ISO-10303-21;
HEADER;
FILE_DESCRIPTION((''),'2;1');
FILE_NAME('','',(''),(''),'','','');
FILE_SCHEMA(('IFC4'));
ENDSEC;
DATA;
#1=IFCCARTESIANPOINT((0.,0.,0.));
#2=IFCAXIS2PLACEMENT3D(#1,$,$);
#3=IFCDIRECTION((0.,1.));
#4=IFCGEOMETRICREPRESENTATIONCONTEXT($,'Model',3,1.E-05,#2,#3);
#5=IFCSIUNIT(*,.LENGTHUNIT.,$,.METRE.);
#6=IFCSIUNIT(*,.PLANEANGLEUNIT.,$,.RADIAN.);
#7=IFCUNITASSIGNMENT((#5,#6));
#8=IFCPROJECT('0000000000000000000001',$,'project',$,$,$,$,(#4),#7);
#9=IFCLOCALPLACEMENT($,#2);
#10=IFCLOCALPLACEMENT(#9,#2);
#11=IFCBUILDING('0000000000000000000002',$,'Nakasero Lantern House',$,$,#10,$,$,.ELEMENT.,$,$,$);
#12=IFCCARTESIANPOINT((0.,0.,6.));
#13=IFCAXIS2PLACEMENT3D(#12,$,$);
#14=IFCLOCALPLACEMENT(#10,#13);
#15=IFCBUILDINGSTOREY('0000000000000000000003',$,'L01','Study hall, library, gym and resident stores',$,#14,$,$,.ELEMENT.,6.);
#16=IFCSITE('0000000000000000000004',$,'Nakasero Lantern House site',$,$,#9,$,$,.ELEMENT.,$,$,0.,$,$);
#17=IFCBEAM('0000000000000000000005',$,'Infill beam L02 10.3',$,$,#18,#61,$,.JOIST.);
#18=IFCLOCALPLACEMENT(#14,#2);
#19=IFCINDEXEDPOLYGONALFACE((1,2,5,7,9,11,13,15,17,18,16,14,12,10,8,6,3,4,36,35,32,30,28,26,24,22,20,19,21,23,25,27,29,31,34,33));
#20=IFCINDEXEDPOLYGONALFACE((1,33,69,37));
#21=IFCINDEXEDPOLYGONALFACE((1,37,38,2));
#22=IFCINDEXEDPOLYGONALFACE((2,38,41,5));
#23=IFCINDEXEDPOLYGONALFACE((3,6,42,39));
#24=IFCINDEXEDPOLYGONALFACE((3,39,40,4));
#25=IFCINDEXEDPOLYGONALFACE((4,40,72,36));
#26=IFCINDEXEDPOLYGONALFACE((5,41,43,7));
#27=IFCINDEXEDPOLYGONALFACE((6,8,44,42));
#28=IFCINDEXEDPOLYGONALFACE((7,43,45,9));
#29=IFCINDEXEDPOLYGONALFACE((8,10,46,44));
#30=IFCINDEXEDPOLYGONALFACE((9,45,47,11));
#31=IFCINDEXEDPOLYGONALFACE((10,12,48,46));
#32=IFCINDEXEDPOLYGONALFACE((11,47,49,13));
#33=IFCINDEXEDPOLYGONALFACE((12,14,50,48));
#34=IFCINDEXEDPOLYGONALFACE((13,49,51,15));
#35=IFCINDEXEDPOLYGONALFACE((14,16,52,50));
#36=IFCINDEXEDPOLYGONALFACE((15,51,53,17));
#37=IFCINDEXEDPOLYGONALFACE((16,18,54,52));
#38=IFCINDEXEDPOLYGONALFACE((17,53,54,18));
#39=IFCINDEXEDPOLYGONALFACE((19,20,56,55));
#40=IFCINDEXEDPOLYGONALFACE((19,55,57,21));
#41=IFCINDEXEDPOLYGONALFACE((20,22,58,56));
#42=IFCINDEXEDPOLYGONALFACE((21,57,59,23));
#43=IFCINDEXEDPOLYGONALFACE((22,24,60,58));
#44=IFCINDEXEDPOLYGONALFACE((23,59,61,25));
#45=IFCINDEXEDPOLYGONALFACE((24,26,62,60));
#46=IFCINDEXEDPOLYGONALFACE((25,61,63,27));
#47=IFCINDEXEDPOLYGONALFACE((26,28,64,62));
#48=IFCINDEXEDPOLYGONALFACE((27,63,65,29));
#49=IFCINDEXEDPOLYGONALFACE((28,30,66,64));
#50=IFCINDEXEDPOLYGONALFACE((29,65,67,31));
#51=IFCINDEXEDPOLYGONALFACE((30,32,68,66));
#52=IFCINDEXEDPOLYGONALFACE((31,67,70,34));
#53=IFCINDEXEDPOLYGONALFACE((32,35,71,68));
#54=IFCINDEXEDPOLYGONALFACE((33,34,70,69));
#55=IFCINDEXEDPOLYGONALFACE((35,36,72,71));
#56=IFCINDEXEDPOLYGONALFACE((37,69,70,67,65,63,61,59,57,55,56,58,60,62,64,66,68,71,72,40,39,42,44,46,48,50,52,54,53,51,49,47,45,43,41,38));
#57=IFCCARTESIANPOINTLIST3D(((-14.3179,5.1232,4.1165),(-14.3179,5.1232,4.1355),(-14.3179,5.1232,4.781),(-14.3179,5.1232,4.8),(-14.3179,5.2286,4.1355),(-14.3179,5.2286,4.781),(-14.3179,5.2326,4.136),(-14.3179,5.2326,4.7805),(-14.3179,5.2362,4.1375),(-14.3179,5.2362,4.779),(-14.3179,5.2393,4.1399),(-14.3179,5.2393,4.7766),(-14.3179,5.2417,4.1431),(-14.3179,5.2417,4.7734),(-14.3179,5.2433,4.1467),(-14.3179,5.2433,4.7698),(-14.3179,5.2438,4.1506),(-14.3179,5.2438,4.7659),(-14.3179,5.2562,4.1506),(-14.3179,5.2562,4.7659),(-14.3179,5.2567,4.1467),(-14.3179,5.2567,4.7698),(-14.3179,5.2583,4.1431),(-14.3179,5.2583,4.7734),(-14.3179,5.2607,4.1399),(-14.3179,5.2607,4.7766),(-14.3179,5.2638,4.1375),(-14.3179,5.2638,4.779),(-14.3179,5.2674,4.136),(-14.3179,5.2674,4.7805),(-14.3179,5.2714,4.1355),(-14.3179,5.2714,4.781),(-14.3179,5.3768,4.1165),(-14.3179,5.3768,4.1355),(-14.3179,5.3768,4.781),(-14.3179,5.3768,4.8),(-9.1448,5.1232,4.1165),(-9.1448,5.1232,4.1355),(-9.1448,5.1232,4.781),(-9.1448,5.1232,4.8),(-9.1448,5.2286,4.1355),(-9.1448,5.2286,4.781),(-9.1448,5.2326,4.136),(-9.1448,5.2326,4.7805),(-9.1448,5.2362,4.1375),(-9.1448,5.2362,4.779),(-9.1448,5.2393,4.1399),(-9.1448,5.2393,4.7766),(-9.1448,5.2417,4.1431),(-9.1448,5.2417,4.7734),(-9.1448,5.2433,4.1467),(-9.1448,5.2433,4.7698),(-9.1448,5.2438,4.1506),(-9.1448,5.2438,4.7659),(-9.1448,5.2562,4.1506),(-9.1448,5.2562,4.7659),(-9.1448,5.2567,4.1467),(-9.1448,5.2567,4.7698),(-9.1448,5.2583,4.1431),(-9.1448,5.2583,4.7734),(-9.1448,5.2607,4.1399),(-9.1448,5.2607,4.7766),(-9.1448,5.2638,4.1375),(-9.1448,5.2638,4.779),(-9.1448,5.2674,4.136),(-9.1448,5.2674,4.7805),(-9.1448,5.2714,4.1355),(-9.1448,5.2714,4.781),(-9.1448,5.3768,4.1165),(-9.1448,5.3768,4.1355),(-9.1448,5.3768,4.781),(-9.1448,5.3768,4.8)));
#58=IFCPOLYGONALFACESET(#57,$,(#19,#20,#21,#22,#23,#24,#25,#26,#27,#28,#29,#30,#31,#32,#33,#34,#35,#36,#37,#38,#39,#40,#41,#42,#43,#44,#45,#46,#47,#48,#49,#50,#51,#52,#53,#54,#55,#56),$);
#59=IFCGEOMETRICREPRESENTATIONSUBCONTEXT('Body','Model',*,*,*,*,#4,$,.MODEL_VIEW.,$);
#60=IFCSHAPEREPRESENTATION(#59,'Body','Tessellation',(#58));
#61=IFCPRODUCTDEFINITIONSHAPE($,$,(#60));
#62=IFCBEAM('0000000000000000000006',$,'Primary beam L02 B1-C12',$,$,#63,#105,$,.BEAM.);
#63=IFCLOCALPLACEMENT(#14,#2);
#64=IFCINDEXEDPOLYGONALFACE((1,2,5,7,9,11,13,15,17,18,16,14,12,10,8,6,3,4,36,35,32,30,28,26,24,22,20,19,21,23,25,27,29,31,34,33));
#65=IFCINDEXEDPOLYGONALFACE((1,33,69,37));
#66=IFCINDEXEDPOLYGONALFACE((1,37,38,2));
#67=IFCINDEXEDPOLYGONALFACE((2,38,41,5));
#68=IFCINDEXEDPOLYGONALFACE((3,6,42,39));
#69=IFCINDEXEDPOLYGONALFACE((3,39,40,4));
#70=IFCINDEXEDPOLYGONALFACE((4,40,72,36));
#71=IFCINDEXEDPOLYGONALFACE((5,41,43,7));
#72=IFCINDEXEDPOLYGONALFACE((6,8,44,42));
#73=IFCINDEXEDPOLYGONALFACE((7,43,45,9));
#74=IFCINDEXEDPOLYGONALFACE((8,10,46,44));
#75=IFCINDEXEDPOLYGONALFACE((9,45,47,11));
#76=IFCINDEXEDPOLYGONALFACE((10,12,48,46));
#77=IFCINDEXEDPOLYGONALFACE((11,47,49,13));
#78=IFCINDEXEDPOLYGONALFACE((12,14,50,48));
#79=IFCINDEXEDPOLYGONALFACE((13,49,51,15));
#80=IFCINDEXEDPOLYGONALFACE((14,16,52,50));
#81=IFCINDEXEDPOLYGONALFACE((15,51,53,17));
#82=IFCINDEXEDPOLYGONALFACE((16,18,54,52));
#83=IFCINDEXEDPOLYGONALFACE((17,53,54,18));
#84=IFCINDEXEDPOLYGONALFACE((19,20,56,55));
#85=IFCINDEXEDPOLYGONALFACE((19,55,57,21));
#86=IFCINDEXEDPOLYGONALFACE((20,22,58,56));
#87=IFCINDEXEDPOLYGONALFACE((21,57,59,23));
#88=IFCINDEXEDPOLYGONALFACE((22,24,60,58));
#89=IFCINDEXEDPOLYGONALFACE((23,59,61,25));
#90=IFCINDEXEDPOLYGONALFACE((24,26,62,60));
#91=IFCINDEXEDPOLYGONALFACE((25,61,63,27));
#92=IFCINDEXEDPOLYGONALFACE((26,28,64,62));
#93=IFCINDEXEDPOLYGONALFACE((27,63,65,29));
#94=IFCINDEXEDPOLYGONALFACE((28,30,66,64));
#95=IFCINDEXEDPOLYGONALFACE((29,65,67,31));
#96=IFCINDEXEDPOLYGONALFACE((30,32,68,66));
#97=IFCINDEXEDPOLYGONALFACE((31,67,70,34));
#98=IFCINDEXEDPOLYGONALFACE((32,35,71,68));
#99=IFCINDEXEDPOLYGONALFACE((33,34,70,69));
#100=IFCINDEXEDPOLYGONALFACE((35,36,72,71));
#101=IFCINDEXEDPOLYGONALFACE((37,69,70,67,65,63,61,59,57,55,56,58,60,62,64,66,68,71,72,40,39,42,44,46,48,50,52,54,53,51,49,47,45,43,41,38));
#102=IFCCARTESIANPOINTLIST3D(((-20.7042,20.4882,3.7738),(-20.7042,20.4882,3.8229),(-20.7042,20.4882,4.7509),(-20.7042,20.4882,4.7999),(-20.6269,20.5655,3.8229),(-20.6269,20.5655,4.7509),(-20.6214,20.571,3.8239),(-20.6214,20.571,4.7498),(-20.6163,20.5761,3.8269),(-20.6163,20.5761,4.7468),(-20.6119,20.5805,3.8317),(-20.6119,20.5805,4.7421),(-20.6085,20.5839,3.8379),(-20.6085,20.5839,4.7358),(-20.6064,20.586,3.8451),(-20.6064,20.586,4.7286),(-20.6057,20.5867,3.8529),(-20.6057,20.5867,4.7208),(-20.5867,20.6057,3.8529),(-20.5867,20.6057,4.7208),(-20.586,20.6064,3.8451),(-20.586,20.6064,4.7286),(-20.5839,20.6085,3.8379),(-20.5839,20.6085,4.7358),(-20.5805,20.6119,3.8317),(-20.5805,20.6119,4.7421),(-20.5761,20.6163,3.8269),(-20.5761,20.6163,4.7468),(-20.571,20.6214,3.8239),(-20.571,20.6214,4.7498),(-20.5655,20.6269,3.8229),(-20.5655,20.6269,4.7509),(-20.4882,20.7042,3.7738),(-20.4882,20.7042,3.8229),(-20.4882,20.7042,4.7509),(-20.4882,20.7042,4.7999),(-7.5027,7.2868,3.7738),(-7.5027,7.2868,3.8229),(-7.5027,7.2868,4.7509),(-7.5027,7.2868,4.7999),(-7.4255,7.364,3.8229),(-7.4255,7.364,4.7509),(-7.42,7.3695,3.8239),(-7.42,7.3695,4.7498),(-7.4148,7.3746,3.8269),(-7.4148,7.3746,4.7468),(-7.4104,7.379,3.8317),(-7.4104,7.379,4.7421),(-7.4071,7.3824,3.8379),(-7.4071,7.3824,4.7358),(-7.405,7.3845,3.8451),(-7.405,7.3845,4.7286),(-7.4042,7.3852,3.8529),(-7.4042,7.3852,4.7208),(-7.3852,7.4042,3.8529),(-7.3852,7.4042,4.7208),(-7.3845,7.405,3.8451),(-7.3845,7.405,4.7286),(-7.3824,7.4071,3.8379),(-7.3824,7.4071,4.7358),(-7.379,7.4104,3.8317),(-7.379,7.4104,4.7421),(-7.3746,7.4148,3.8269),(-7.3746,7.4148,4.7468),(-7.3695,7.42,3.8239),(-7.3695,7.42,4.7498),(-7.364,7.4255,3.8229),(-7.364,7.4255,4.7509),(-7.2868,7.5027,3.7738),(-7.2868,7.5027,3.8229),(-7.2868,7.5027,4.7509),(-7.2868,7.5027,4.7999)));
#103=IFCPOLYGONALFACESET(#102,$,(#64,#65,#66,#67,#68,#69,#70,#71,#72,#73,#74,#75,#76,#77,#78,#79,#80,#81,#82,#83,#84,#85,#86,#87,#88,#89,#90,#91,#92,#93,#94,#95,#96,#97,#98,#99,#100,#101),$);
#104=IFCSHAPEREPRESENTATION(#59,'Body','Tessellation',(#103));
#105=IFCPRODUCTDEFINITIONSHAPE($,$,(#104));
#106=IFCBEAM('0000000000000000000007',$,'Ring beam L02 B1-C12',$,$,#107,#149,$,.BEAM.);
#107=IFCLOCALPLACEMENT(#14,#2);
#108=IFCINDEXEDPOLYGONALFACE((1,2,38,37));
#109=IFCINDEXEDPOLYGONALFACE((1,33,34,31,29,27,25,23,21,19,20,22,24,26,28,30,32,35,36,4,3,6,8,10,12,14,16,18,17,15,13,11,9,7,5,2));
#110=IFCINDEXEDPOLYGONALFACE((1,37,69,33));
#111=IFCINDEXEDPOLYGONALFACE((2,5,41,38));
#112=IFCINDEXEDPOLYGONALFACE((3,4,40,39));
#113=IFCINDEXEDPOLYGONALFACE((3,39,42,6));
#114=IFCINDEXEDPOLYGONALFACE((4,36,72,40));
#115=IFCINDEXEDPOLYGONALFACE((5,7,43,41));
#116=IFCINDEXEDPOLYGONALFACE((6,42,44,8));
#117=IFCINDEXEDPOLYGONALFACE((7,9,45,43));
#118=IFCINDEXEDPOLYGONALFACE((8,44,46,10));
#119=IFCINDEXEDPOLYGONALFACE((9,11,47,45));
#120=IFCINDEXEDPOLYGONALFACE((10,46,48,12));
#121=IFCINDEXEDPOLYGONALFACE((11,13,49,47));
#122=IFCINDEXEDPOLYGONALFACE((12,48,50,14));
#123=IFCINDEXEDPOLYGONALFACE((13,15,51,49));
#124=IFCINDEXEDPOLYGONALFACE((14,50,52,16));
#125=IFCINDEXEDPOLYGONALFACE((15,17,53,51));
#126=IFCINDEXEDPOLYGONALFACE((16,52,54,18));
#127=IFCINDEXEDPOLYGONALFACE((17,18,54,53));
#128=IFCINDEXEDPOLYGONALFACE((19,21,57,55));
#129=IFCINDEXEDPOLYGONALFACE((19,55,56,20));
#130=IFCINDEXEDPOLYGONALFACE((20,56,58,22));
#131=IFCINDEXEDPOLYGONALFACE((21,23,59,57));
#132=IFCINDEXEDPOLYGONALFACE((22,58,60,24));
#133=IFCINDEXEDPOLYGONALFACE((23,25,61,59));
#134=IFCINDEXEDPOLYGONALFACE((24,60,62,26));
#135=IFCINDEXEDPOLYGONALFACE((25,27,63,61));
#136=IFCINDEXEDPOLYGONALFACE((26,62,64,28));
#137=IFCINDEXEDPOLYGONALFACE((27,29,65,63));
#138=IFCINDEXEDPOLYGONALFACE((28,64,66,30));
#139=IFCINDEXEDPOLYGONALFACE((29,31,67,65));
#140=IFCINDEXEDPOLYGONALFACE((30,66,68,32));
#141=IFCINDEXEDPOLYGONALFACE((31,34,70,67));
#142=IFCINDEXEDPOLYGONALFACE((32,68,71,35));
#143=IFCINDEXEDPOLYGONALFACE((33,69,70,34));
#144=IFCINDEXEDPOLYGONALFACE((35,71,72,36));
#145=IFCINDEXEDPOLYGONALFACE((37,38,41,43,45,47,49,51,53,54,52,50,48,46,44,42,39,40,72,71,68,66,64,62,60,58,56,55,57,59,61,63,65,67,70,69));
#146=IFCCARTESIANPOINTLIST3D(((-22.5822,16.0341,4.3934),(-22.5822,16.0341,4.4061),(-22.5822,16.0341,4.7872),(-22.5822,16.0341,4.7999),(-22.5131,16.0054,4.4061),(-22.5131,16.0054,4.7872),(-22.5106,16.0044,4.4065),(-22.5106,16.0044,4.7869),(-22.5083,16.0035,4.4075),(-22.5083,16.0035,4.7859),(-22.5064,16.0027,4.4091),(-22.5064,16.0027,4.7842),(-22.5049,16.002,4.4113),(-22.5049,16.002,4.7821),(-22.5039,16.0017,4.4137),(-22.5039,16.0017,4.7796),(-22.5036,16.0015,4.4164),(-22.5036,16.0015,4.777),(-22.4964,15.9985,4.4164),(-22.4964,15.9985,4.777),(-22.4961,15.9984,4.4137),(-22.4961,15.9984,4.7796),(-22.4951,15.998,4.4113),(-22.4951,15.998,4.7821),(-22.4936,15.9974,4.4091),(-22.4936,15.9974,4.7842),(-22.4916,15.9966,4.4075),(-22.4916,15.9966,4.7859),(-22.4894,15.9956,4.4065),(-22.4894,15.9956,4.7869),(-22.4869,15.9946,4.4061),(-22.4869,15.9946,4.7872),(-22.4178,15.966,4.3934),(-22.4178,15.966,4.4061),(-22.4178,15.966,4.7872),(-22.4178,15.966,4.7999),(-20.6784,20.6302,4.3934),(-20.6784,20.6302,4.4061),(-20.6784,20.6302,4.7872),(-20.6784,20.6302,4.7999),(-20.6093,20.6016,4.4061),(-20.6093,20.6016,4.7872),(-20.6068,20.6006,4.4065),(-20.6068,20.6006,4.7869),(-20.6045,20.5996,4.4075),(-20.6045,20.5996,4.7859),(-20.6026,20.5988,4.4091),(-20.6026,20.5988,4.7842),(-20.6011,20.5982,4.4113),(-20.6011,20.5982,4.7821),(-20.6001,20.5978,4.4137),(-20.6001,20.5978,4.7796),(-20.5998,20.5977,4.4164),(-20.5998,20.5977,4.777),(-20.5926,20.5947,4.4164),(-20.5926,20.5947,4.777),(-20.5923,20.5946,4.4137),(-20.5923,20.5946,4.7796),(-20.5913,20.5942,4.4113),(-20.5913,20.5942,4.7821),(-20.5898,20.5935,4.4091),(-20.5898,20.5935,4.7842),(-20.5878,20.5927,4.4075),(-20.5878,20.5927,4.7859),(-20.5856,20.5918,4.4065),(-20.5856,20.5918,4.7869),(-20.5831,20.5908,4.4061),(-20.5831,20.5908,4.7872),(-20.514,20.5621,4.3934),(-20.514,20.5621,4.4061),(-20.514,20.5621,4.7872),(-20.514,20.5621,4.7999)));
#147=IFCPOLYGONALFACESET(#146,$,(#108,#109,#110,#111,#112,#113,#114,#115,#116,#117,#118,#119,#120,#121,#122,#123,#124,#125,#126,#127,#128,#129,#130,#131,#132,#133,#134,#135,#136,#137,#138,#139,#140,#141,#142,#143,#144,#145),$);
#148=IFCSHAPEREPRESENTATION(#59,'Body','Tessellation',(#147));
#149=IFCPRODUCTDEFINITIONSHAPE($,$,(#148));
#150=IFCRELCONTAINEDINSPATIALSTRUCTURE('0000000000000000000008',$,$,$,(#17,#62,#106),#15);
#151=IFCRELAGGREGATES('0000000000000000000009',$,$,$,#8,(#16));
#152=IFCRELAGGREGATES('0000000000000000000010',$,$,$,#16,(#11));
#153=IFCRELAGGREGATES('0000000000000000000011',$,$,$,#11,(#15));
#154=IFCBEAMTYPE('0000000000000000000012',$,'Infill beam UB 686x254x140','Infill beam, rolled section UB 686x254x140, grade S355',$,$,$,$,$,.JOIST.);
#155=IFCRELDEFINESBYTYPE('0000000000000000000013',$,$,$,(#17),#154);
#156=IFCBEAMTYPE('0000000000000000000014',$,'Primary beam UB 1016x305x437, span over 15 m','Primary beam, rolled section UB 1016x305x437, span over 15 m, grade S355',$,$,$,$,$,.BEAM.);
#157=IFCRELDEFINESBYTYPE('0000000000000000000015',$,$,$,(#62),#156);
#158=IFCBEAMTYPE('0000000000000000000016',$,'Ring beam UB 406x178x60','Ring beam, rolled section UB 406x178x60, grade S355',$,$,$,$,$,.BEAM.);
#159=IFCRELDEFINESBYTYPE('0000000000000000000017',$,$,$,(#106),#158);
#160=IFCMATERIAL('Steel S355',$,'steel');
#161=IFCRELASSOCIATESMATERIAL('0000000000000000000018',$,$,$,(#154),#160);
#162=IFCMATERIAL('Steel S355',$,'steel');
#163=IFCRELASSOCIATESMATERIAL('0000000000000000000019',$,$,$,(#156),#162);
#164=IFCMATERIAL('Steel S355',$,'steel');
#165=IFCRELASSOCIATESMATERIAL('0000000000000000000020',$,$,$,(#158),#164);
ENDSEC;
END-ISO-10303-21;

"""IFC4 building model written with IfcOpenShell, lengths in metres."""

from ifc_helpers import new_model, si_unit, direction, frame, origin, origin_2d, place, context, subcontext, project, spatial, i_section, extrude, material, material_profile, profile_set, type_object, element, save


model = new_model("IFC4")

# Units and contexts
model_context = context("Model", 3, precision=1e-05, world=origin(), true_north=direction((0.0, 1.0)))
body_context = subcontext(model_context, "Body", "Model", "MODEL_VIEW")
ifc_project = project(units=[si_unit("LENGTHUNIT", "METRE"), si_unit("PLANEANGLEUNIT", "RADIAN")], contexts=[model_context])

# Site, building, storey
site_placement = place(None, origin())
site = spatial("IfcSite", under=ifc_project, at=site_placement, Name="Nakasero Lantern House site", CompositionType="ELEMENT", RefElevation=0.0)
building_placement = place(site_placement, origin())
building = spatial("IfcBuilding", under=site, at=building_placement, Name="Nakasero Lantern House", CompositionType="ELEMENT")
storey_placement = place(building_placement, frame((0.0, 0.0, 6.0)))
storey = spatial("IfcBuildingStorey", under=building, at=storey_placement, Name="L01", Description="Study hall, library, gym and resident stores", CompositionType="ELEMENT", Elevation=6.0)

# Beams
ifc_material_1 = material(Name="Steel S355", Category="steel")
ifc_material_profile_1 = material_profile(ifc_material_1, i_section(OverallWidth=0.2537, OverallDepth=0.6836, WebThickness=0.0125, FlangeThickness=0.019, FilletRadius=0.0151, at=origin_2d()), Name="UB 686x254x140")
ifc_profile_set_1 = profile_set([ifc_material_profile_1], Name="Steel S355")
beam_type_1 = type_object("IfcBeamType", Name="Infill beam UB 686x254x140", Description="Infill beam, rolled section UB 686x254x140, grade S355", PredefinedType="JOIST", material=ifc_profile_set_1)
beam_1_placement = place(storey_placement, frame((-14.3179, 5.25, 4.4583), z_axis=(1.0, 0.0, 0.0), x_axis=(0.0, 1.0, 0.0)))
element("IfcBeam", 1, at=beam_1_placement, inside=storey, type_object=beam_type_1, Name="Infill beam L02 10.3", PredefinedType="JOIST", context=body_context, shape_type="SweptSolid", body=[
    extrude(i_section(OverallWidth=0.2537, OverallDepth=0.6836, WebThickness=0.0125, FlangeThickness=0.019, FilletRadius=0.0151, at=origin_2d()), origin(), (0.0, 0.0, 1.0), 5.1731),
])
ifc_material_2 = material(Name="Steel S355", Category="steel")
ifc_material_profile_2 = material_profile(ifc_material_2, i_section(OverallWidth=0.3054, OverallDepth=1.0261, WebThickness=0.0269, FlangeThickness=0.0491, FilletRadius=0.03, at=origin_2d()), Name="UB 1016x305x437")
ifc_profile_set_2 = profile_set([ifc_material_profile_2], Name="Steel S355")
beam_type_2 = type_object("IfcBeamType", Name="Primary beam UB 1016x305x437, span over 15 m", Description="Primary beam, rolled section UB 1016x305x437, span over 15 m, grade S355", PredefinedType="BEAM", material=ifc_profile_set_2)
beam_2_placement = place(storey_placement, frame((-20.5962, 20.5962, 4.2869), z_axis=(0.707107, -0.707107, 0.0), x_axis=(0.707107, 0.707107, 0.0)))
element("IfcBeam", 2, at=beam_2_placement, inside=storey, type_object=beam_type_2, Name="Primary beam L02 B1-C12", PredefinedType="BEAM", context=body_context, shape_type="SweptSolid", body=[
    extrude(i_section(OverallWidth=0.3054, OverallDepth=1.0261, WebThickness=0.0269, FlangeThickness=0.0491, FilletRadius=0.03, at=origin_2d()), origin(), (0.0, 0.0, 1.0), 18.6697),
])
ifc_material_3 = material(Name="Steel S355", Category="steel")
ifc_material_profile_3 = material_profile(ifc_material_3, i_section(OverallWidth=0.178, OverallDepth=0.4065, WebThickness=0.0078, FlangeThickness=0.0127, FilletRadius=0.0103, at=origin_2d()), Name="UB 406x178x60")
ifc_profile_set_3 = profile_set([ifc_material_profile_3], Name="Steel S355")
beam_type_3 = type_object("IfcBeamType", Name="Ring beam UB 406x178x60", Description="Ring beam, rolled section UB 406x178x60, grade S355", PredefinedType="BEAM", material=ifc_profile_set_3)
beam_3_placement = place(storey_placement, frame((-20.5962, 20.5962, 4.5967), z_axis=(-0.382684, -0.923879, 0.0), x_axis=(0.923879, -0.382684, 0.0)))
element("IfcBeam", 3, at=beam_3_placement, inside=storey, type_object=beam_type_3, Name="Ring beam L02 B1-C12", PredefinedType="BEAM", context=body_context, shape_type="SweptSolid", body=[
    extrude(i_section(OverallWidth=0.178, OverallDepth=0.4065, WebThickness=0.0078, FlangeThickness=0.0127, FilletRadius=0.0103, at=origin_2d()), origin(), (0.0, 0.0, 1.0), 4.9749),
])

save(model, "model.ifc")
